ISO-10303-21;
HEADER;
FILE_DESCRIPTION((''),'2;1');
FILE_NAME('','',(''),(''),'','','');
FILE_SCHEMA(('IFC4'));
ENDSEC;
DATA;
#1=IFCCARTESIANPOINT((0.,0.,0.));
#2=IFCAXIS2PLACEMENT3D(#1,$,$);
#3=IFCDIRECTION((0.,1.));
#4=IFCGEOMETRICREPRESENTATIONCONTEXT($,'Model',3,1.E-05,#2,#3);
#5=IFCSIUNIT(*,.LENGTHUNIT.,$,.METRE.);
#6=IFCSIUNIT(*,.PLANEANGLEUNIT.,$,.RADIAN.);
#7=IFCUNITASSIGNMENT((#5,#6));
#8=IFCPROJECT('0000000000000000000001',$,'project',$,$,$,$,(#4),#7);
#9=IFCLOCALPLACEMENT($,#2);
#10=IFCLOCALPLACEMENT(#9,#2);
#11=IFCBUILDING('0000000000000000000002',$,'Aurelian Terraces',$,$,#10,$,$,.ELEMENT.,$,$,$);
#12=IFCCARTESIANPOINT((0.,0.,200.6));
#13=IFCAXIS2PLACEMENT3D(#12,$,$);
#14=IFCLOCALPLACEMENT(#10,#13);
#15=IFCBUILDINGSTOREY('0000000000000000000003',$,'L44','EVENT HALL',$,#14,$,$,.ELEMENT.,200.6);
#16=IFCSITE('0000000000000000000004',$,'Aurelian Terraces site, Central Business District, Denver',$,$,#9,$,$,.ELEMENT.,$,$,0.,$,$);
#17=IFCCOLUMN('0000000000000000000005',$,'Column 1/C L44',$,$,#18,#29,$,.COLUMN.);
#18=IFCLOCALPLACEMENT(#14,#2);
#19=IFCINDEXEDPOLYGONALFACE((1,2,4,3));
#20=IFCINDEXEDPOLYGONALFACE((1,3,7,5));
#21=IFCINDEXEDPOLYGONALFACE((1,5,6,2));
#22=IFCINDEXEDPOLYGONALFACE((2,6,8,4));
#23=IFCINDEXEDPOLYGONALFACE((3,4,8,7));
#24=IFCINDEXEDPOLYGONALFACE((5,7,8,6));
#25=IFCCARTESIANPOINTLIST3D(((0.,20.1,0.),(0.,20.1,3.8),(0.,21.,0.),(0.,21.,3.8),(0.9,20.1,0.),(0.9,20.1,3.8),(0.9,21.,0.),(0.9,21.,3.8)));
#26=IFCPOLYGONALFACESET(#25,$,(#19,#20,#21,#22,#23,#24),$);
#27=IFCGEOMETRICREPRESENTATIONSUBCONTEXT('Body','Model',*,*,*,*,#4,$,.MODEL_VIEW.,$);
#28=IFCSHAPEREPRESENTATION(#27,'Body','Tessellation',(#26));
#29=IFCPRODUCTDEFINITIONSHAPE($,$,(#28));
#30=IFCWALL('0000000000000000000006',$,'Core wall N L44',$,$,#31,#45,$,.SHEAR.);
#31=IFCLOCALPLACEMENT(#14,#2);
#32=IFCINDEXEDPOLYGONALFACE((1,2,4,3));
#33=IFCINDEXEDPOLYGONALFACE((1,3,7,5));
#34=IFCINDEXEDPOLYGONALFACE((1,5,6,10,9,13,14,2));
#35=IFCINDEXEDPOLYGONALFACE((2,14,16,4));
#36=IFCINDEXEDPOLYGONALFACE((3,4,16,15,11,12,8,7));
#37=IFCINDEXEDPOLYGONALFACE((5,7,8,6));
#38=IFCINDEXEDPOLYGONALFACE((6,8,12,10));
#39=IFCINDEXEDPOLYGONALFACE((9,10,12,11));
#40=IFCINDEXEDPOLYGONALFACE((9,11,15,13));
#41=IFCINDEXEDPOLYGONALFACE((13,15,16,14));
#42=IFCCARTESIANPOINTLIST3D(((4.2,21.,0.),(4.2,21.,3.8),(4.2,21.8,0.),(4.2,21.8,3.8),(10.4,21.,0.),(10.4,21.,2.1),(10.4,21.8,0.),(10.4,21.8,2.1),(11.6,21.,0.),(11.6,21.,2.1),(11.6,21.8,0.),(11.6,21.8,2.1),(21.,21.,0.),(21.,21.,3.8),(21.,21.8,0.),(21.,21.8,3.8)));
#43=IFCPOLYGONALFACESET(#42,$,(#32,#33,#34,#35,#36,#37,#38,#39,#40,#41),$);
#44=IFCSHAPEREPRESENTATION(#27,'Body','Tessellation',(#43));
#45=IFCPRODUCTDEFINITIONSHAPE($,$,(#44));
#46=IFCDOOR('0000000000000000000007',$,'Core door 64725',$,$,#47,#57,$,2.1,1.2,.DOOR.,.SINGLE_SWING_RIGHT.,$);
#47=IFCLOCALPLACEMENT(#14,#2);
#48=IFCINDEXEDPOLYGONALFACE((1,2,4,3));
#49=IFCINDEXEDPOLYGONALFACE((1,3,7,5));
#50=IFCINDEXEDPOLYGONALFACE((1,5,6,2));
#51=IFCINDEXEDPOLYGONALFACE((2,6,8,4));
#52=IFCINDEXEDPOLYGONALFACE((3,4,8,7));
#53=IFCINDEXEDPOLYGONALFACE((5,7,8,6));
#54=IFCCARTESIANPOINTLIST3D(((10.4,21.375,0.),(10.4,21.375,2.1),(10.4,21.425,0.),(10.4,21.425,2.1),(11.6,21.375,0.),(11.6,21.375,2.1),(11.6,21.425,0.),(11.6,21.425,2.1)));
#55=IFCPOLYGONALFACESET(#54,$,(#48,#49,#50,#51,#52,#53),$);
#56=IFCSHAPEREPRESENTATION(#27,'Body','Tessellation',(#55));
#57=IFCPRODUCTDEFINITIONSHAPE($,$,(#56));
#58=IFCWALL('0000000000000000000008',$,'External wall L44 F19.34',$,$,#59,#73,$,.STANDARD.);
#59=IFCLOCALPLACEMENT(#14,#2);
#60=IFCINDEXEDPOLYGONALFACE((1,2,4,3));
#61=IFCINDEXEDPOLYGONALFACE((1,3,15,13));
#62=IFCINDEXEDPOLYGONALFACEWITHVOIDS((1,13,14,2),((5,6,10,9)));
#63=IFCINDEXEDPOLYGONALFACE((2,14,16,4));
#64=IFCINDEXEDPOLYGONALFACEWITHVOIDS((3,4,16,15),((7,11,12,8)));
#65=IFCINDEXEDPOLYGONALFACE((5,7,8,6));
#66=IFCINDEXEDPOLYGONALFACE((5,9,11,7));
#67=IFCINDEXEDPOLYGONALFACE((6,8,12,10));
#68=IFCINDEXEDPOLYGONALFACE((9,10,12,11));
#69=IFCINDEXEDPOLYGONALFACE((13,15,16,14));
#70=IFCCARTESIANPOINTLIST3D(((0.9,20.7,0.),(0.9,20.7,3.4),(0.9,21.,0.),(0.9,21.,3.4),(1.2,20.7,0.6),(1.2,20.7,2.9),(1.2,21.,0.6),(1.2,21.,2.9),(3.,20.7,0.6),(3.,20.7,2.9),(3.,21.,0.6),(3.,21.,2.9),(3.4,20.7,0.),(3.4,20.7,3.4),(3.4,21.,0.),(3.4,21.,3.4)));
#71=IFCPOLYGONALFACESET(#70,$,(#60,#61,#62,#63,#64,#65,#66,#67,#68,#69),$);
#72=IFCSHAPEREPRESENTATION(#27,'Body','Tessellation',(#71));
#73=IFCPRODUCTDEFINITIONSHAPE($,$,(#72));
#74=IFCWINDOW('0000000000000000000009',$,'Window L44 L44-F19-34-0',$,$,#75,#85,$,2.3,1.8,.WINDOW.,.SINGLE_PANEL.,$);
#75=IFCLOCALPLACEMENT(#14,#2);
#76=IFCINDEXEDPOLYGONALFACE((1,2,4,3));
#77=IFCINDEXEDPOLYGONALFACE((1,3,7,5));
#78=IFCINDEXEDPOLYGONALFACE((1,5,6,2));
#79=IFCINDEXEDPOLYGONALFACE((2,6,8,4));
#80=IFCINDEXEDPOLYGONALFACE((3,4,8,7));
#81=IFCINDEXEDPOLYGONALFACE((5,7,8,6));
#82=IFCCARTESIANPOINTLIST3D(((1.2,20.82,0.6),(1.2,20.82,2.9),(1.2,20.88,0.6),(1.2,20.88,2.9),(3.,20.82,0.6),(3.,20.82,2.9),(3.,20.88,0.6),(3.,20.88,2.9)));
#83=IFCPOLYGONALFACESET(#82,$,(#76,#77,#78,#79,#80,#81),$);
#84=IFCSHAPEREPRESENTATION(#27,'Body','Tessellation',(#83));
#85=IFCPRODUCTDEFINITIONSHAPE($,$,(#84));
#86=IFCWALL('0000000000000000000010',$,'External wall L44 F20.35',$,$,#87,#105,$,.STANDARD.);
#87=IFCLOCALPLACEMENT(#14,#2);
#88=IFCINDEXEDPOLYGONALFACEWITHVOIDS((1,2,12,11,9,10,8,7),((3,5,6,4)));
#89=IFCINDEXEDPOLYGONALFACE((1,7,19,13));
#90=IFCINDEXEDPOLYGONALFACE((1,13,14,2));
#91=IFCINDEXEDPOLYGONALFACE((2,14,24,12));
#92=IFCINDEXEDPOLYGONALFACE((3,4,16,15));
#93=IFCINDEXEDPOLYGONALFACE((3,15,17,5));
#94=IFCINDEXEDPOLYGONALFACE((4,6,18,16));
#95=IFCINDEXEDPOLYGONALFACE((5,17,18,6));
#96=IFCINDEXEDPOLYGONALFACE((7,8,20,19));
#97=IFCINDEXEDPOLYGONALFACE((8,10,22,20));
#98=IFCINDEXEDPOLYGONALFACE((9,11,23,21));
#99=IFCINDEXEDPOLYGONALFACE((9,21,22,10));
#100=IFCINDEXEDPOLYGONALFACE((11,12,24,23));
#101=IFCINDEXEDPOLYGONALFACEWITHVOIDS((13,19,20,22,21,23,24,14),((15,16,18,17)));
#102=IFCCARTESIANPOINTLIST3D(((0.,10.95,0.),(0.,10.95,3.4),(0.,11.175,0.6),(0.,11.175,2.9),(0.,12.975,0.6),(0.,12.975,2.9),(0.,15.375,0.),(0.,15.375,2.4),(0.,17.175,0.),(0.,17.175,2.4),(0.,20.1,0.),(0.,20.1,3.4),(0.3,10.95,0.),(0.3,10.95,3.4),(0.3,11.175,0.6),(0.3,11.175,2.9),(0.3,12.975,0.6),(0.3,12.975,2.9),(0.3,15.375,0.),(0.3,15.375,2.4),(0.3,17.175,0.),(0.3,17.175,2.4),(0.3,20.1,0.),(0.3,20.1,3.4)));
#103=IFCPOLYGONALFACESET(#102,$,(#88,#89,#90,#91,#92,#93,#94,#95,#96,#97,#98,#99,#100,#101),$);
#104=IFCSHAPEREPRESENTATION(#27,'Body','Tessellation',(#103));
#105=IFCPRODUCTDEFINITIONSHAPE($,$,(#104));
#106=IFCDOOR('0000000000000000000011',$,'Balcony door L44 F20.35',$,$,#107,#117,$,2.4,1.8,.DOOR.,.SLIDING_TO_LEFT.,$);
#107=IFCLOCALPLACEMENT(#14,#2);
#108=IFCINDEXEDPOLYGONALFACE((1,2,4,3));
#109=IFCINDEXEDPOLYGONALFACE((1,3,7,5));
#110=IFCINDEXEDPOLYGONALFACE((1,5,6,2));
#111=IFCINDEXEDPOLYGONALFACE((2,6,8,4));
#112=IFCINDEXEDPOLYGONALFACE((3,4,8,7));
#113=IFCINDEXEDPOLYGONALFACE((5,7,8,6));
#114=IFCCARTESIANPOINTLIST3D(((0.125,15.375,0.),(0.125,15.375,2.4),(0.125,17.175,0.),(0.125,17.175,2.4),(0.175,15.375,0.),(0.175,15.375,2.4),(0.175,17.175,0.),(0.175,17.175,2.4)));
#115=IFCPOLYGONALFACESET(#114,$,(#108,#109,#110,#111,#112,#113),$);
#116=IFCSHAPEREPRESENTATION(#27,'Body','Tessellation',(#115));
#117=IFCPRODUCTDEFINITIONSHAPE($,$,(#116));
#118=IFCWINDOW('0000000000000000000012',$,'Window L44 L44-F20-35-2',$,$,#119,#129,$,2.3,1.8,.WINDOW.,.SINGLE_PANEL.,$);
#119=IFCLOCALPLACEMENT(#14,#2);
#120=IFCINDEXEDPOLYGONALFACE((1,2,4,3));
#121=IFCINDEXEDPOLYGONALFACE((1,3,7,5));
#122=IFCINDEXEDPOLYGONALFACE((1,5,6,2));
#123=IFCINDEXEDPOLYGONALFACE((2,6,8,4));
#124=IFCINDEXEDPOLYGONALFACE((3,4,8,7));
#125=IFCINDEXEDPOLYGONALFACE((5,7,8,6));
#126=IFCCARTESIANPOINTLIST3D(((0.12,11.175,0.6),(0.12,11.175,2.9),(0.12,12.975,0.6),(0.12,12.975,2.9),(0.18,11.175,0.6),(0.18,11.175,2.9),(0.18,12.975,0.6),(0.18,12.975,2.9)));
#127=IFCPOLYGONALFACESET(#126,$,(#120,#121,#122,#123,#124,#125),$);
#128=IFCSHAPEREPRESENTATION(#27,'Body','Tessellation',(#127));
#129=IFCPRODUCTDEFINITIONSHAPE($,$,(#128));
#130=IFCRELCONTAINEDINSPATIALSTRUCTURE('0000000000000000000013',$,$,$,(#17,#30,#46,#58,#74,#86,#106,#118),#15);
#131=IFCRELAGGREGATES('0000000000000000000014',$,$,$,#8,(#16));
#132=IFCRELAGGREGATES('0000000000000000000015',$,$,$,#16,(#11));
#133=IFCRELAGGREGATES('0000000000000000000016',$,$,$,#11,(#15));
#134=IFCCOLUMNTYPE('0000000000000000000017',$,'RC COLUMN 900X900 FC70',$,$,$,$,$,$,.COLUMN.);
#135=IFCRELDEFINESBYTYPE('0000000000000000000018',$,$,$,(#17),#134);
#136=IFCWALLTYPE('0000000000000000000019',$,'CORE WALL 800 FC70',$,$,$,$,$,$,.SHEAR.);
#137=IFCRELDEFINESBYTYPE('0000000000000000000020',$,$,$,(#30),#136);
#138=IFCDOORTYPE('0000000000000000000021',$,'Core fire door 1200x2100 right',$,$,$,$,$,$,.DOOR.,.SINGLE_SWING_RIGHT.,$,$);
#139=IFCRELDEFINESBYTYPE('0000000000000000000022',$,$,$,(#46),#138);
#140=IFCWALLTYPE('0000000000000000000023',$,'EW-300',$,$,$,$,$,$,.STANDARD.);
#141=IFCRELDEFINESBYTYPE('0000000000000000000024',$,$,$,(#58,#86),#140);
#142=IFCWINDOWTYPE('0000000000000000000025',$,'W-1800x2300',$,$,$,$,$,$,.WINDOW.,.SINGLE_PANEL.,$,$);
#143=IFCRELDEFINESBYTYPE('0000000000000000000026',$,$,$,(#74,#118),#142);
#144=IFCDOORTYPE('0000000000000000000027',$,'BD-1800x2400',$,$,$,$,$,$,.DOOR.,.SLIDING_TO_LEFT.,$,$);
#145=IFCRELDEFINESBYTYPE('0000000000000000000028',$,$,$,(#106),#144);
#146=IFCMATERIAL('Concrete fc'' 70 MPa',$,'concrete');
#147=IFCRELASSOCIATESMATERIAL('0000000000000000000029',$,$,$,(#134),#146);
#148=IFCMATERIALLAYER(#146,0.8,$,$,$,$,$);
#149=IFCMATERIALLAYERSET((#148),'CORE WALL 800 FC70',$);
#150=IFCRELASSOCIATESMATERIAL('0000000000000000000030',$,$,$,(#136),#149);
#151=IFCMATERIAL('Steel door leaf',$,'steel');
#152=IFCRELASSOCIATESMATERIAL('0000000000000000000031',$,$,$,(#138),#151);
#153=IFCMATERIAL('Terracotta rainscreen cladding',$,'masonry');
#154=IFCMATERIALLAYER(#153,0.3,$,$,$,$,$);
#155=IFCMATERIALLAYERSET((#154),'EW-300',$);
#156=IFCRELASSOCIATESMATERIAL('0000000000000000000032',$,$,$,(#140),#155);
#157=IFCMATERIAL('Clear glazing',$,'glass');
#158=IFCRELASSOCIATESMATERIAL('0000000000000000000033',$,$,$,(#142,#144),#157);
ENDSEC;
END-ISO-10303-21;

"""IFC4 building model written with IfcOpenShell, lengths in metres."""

from ifc_helpers import new_model, si_unit, direction, frame, frame_2d, origin, origin_2d, place, context, subcontext, project, spatial, rectangle, extrude, source, transform, mapped, material, layer, layer_set, material_profile, profile_set, type_object, element, fill, save


model = new_model("IFC4")

# Units and contexts
model_context = context("Model", 3, precision=1e-05, world=origin(), true_north=direction((0.0, 1.0)))
body_context = subcontext(model_context, "Body", "Model", "MODEL_VIEW")
ifc_project = project(units=[si_unit("LENGTHUNIT", "METRE"), si_unit("PLANEANGLEUNIT", "RADIAN")], contexts=[model_context])

# Site, building, storey
site_placement = place(None, origin())
site = spatial("IfcSite", under=ifc_project, at=site_placement, Name="Aurelian Terraces site, Central Business District, Denver", CompositionType="ELEMENT", RefElevation=0.0)
building_placement = place(site_placement, origin())
building = spatial("IfcBuilding", under=site, at=building_placement, Name="Aurelian Terraces", CompositionType="ELEMENT")
storey_placement = place(building_placement, frame((0.0, 0.0, 200.6)))
storey = spatial("IfcBuildingStorey", under=building, at=storey_placement, Name="L44", Description="EVENT HALL", CompositionType="ELEMENT", Elevation=200.6)

# Column
ifc_material_1 = material(Name="Concrete fc' 70 MPa", Category="concrete")
ifc_material_profile = material_profile(ifc_material_1, rectangle(XDim=0.9, YDim=0.9, at=origin_2d()))
ifc_profile_set = profile_set([ifc_material_profile], Name="Concrete fc' 70 MPa")
column_type = type_object("IfcColumnType", Name="RC COLUMN 900X900 FC70", PredefinedType="COLUMN", material=ifc_profile_set)
shared_shape_1 = source(origin(), body_context, "Body", "SweptSolid", [
    extrude(rectangle(XDim=0.9, YDim=0.9, at=origin_2d()), origin(), (0.0, 0.0, 1.0), 3.8),
])
column_placement = place(storey_placement, frame((0.45, 20.55, 0.0), z_axis=(0.0, 0.0, 1.0), x_axis=(1.0, 0.0, 0.0)))
element("IfcColumn", 1, at=column_placement, inside=storey, type_object=column_type, Name="Column 1/C L44", PredefinedType="COLUMN", context=body_context, shape_type="MappedRepresentation", body=[
    mapped(shared_shape_1, transform((0.0, 0.0, 0.0), scale=1.0)),
])

# Wall, opening, door
ifc_layer_1 = layer(ifc_material_1, 0.8)
ifc_layer_set_1 = layer_set([ifc_layer_1], Name="CORE WALL 800 FC70")
wall_type_1 = type_object("IfcWallType", Name="CORE WALL 800 FC70", PredefinedType="SHEAR", material=ifc_layer_set_1)
shared_shape_2 = source(origin(), body_context, "Body", "SweptSolid", [
    extrude(rectangle(XDim=16.8, YDim=0.8, at=frame_2d((8.4, 0.0))), origin(), (0.0, 0.0, 1.0), 3.8),
])
wall_1_placement = place(storey_placement, frame((4.2, 21.4, 0.0), z_axis=(0.0, 0.0, 1.0), x_axis=(1.0, 0.0, 0.0)))
wall_1 = element("IfcWall", 2, at=wall_1_placement, inside=storey, type_object=wall_type_1, Name="Core wall N L44", PredefinedType="SHEAR", context=body_context, shape_type="MappedRepresentation", body=[
    mapped(shared_shape_2, transform((0.0, 0.0, 0.0), scale=1.0)),
])
shared_shape_3 = source(origin(), body_context, "Body", "SweptSolid", [
    extrude(rectangle(XDim=1.2, YDim=2.1, at=frame_2d((0.6, 1.05))), frame((0.0, 0.41, 0.0), z_axis=(0.0, -1.0, 0.0), x_axis=(1.0, 0.0, 0.0)), (0.0, 0.0, 1.0), 0.82),
])
opening_1_placement = place(wall_1_placement, frame((6.2, 0.0, 0.0)))
opening_1 = element("IfcOpeningElement", 3, at=opening_1_placement, cuts=wall_1, PredefinedType="OPENING", context=body_context, shape_type="MappedRepresentation", body=[
    mapped(shared_shape_3, transform((0.0, 0.0, 0.0), scale=1.0)),
])
ifc_material_2 = material(Name="Steel door leaf", Category="steel")
door_type_1 = type_object("IfcDoorType", Name="Core fire door 1200x2100 right", OperationType="SINGLE_SWING_RIGHT", PredefinedType="DOOR", material=ifc_material_2)
shared_shape_4 = source(origin(), body_context, "Body", "SweptSolid", [
    extrude(rectangle(XDim=1.2, YDim=2.1, at=frame_2d((0.6, 1.05))), frame((0.0, 0.025, 0.0), z_axis=(0.0, -1.0, 0.0), x_axis=(1.0, 0.0, 0.0)), (0.0, 0.0, 1.0), 0.05),
])
door_1_placement = place(opening_1_placement, origin())
door_1 = element("IfcDoor", 4, at=door_1_placement, inside=storey, type_object=door_type_1, Name="Core door 64725", OperationType="SINGLE_SWING_RIGHT", OverallHeight=2.1, OverallWidth=1.2, PredefinedType="DOOR", context=body_context, shape_type="MappedRepresentation", body=[
    mapped(shared_shape_4, transform((0.0, 0.0, 0.0), scale=1.0)),
])
fill(opening_1, door_1)

# Wall, opening, window
ifc_material_3 = material(Name="Terracotta rainscreen cladding", Category="masonry")
ifc_layer_2 = layer(ifc_material_3, 0.3)
ifc_layer_set_2 = layer_set([ifc_layer_2], Name="EW-300")
wall_type_2 = type_object("IfcWallType", Name="EW-300", PredefinedType="STANDARD", material=ifc_layer_set_2)
shared_shape_5 = source(origin(), body_context, "Body", "SweptSolid", [
    extrude(rectangle(XDim=2.5, YDim=0.3, at=frame_2d((1.25, 0.0))), origin(), (0.0, 0.0, 1.0), 3.4),
])
wall_2_placement = place(storey_placement, frame((3.4, 20.85, 0.0), z_axis=(0.0, 0.0, 1.0), x_axis=(-1.0, 0.0, 0.0)))
wall_2 = element("IfcWall", 5, at=wall_2_placement, inside=storey, type_object=wall_type_2, Name="External wall L44 F19.34", PredefinedType="STANDARD", context=body_context, shape_type="MappedRepresentation", body=[
    mapped(shared_shape_5, transform((0.0, 0.0, 0.0), scale=1.0)),
])
shared_shape_6 = source(origin(), body_context, "Body", "SweptSolid", [
    extrude(rectangle(XDim=1.8, YDim=2.3, at=frame_2d((0.9, 1.15))), frame((0.0, 0.16, 0.0), z_axis=(0.0, -1.0, 0.0), x_axis=(1.0, 0.0, 0.0)), (0.0, 0.0, 1.0), 0.32),
])
opening_2_placement = place(wall_2_placement, frame((0.4, 0.0, 0.6)))
opening_2 = element("IfcOpeningElement", 6, at=opening_2_placement, cuts=wall_2, PredefinedType="OPENING", context=body_context, shape_type="MappedRepresentation", body=[
    mapped(shared_shape_6, transform((0.0, 0.0, 0.0), scale=1.0)),
])
ifc_material_4 = material(Name="Clear glazing", Category="glass")
window_type = type_object("IfcWindowType", Name="W-1800x2300", PartitioningType="SINGLE_PANEL", PredefinedType="WINDOW", material=ifc_material_4)
shared_shape_7 = source(origin(), body_context, "Body", "SweptSolid", [
    extrude(rectangle(XDim=1.8, YDim=2.3, at=frame_2d((0.9, 1.15))), frame((0.0, 0.03, 0.0), z_axis=(0.0, -1.0, 0.0), x_axis=(1.0, 0.0, 0.0)), (0.0, 0.0, 1.0), 0.06),
])
window_1_placement = place(opening_2_placement, origin())
window_1 = element("IfcWindow", 7, at=window_1_placement, inside=storey, type_object=window_type, Name="Window L44 L44-F19-34-0", OverallHeight=2.3, OverallWidth=1.8, PartitioningType="SINGLE_PANEL", PredefinedType="WINDOW", context=body_context, shape_type="MappedRepresentation", body=[
    mapped(shared_shape_7, transform((0.0, 0.0, 0.0), scale=1.0)),
])
fill(opening_2, window_1)

# Wall, openings, door, window
shared_shape_8 = source(origin(), body_context, "Body", "SweptSolid", [
    extrude(rectangle(XDim=9.15, YDim=0.3, at=frame_2d((4.575, 0.0))), origin(), (0.0, 0.0, 1.0), 3.4),
])
wall_3_placement = place(storey_placement, frame((0.15, 20.1, 0.0), z_axis=(0.0, 0.0, 1.0), x_axis=(0.0, -1.0, 0.0)))
wall_3 = element("IfcWall", 8, at=wall_3_placement, inside=storey, type_object=wall_type_2, Name="External wall L44 F20.35", PredefinedType="STANDARD", context=body_context, shape_type="MappedRepresentation", body=[
    mapped(shared_shape_8, transform((0.0, 0.0, 0.0), scale=1.0)),
])
shared_shape_9 = source(origin(), body_context, "Body", "SweptSolid", [
    extrude(rectangle(XDim=1.8, YDim=2.4, at=frame_2d((0.9, 1.2))), frame((0.0, 0.16, 0.0), z_axis=(0.0, -1.0, 0.0), x_axis=(1.0, 0.0, 0.0)), (0.0, 0.0, 1.0), 0.32),
])
opening_3_placement = place(wall_3_placement, frame((2.925, 0.0, 0.0)))
opening_3 = element("IfcOpeningElement", 9, at=opening_3_placement, cuts=wall_3, PredefinedType="OPENING", context=body_context, shape_type="MappedRepresentation", body=[
    mapped(shared_shape_9, transform((0.0, 0.0, 0.0), scale=1.0)),
])
opening_4_placement = place(wall_3_placement, frame((7.125, 0.0, 0.6)))
opening_4 = element("IfcOpeningElement", 10, at=opening_4_placement, cuts=wall_3, PredefinedType="OPENING", context=body_context, shape_type="MappedRepresentation", body=[
    mapped(shared_shape_6, transform((0.0, 0.0, 0.0), scale=1.0)),
])
door_type_2 = type_object("IfcDoorType", Name="BD-1800x2400", OperationType="SLIDING_TO_LEFT", PredefinedType="DOOR", material=ifc_material_4)
shared_shape_10 = source(origin(), body_context, "Body", "SweptSolid", [
    extrude(rectangle(XDim=1.8, YDim=2.4, at=frame_2d((0.9, 1.2))), frame((0.0, 0.025, 0.0), z_axis=(0.0, -1.0, 0.0), x_axis=(1.0, 0.0, 0.0)), (0.0, 0.0, 1.0), 0.05),
])
door_2_placement = place(opening_3_placement, origin())
door_2 = element("IfcDoor", 11, at=door_2_placement, inside=storey, type_object=door_type_2, Name="Balcony door L44 F20.35", OperationType="SLIDING_TO_LEFT", OverallHeight=2.4, OverallWidth=1.8, PredefinedType="DOOR", context=body_context, shape_type="MappedRepresentation", body=[
    mapped(shared_shape_10, transform((0.0, 0.0, 0.0), scale=1.0)),
])
fill(opening_3, door_2)
window_2_placement = place(opening_4_placement, origin())
window_2 = element("IfcWindow", 12, at=window_2_placement, inside=storey, type_object=window_type, Name="Window L44 L44-F20-35-2", OverallHeight=2.3, OverallWidth=1.8, PartitioningType="SINGLE_PANEL", PredefinedType="WINDOW", context=body_context, shape_type="MappedRepresentation", body=[
    mapped(shared_shape_7, transform((0.0, 0.0, 0.0), scale=1.0)),
])
fill(opening_4, window_2)

save(model, "model.ifc")
